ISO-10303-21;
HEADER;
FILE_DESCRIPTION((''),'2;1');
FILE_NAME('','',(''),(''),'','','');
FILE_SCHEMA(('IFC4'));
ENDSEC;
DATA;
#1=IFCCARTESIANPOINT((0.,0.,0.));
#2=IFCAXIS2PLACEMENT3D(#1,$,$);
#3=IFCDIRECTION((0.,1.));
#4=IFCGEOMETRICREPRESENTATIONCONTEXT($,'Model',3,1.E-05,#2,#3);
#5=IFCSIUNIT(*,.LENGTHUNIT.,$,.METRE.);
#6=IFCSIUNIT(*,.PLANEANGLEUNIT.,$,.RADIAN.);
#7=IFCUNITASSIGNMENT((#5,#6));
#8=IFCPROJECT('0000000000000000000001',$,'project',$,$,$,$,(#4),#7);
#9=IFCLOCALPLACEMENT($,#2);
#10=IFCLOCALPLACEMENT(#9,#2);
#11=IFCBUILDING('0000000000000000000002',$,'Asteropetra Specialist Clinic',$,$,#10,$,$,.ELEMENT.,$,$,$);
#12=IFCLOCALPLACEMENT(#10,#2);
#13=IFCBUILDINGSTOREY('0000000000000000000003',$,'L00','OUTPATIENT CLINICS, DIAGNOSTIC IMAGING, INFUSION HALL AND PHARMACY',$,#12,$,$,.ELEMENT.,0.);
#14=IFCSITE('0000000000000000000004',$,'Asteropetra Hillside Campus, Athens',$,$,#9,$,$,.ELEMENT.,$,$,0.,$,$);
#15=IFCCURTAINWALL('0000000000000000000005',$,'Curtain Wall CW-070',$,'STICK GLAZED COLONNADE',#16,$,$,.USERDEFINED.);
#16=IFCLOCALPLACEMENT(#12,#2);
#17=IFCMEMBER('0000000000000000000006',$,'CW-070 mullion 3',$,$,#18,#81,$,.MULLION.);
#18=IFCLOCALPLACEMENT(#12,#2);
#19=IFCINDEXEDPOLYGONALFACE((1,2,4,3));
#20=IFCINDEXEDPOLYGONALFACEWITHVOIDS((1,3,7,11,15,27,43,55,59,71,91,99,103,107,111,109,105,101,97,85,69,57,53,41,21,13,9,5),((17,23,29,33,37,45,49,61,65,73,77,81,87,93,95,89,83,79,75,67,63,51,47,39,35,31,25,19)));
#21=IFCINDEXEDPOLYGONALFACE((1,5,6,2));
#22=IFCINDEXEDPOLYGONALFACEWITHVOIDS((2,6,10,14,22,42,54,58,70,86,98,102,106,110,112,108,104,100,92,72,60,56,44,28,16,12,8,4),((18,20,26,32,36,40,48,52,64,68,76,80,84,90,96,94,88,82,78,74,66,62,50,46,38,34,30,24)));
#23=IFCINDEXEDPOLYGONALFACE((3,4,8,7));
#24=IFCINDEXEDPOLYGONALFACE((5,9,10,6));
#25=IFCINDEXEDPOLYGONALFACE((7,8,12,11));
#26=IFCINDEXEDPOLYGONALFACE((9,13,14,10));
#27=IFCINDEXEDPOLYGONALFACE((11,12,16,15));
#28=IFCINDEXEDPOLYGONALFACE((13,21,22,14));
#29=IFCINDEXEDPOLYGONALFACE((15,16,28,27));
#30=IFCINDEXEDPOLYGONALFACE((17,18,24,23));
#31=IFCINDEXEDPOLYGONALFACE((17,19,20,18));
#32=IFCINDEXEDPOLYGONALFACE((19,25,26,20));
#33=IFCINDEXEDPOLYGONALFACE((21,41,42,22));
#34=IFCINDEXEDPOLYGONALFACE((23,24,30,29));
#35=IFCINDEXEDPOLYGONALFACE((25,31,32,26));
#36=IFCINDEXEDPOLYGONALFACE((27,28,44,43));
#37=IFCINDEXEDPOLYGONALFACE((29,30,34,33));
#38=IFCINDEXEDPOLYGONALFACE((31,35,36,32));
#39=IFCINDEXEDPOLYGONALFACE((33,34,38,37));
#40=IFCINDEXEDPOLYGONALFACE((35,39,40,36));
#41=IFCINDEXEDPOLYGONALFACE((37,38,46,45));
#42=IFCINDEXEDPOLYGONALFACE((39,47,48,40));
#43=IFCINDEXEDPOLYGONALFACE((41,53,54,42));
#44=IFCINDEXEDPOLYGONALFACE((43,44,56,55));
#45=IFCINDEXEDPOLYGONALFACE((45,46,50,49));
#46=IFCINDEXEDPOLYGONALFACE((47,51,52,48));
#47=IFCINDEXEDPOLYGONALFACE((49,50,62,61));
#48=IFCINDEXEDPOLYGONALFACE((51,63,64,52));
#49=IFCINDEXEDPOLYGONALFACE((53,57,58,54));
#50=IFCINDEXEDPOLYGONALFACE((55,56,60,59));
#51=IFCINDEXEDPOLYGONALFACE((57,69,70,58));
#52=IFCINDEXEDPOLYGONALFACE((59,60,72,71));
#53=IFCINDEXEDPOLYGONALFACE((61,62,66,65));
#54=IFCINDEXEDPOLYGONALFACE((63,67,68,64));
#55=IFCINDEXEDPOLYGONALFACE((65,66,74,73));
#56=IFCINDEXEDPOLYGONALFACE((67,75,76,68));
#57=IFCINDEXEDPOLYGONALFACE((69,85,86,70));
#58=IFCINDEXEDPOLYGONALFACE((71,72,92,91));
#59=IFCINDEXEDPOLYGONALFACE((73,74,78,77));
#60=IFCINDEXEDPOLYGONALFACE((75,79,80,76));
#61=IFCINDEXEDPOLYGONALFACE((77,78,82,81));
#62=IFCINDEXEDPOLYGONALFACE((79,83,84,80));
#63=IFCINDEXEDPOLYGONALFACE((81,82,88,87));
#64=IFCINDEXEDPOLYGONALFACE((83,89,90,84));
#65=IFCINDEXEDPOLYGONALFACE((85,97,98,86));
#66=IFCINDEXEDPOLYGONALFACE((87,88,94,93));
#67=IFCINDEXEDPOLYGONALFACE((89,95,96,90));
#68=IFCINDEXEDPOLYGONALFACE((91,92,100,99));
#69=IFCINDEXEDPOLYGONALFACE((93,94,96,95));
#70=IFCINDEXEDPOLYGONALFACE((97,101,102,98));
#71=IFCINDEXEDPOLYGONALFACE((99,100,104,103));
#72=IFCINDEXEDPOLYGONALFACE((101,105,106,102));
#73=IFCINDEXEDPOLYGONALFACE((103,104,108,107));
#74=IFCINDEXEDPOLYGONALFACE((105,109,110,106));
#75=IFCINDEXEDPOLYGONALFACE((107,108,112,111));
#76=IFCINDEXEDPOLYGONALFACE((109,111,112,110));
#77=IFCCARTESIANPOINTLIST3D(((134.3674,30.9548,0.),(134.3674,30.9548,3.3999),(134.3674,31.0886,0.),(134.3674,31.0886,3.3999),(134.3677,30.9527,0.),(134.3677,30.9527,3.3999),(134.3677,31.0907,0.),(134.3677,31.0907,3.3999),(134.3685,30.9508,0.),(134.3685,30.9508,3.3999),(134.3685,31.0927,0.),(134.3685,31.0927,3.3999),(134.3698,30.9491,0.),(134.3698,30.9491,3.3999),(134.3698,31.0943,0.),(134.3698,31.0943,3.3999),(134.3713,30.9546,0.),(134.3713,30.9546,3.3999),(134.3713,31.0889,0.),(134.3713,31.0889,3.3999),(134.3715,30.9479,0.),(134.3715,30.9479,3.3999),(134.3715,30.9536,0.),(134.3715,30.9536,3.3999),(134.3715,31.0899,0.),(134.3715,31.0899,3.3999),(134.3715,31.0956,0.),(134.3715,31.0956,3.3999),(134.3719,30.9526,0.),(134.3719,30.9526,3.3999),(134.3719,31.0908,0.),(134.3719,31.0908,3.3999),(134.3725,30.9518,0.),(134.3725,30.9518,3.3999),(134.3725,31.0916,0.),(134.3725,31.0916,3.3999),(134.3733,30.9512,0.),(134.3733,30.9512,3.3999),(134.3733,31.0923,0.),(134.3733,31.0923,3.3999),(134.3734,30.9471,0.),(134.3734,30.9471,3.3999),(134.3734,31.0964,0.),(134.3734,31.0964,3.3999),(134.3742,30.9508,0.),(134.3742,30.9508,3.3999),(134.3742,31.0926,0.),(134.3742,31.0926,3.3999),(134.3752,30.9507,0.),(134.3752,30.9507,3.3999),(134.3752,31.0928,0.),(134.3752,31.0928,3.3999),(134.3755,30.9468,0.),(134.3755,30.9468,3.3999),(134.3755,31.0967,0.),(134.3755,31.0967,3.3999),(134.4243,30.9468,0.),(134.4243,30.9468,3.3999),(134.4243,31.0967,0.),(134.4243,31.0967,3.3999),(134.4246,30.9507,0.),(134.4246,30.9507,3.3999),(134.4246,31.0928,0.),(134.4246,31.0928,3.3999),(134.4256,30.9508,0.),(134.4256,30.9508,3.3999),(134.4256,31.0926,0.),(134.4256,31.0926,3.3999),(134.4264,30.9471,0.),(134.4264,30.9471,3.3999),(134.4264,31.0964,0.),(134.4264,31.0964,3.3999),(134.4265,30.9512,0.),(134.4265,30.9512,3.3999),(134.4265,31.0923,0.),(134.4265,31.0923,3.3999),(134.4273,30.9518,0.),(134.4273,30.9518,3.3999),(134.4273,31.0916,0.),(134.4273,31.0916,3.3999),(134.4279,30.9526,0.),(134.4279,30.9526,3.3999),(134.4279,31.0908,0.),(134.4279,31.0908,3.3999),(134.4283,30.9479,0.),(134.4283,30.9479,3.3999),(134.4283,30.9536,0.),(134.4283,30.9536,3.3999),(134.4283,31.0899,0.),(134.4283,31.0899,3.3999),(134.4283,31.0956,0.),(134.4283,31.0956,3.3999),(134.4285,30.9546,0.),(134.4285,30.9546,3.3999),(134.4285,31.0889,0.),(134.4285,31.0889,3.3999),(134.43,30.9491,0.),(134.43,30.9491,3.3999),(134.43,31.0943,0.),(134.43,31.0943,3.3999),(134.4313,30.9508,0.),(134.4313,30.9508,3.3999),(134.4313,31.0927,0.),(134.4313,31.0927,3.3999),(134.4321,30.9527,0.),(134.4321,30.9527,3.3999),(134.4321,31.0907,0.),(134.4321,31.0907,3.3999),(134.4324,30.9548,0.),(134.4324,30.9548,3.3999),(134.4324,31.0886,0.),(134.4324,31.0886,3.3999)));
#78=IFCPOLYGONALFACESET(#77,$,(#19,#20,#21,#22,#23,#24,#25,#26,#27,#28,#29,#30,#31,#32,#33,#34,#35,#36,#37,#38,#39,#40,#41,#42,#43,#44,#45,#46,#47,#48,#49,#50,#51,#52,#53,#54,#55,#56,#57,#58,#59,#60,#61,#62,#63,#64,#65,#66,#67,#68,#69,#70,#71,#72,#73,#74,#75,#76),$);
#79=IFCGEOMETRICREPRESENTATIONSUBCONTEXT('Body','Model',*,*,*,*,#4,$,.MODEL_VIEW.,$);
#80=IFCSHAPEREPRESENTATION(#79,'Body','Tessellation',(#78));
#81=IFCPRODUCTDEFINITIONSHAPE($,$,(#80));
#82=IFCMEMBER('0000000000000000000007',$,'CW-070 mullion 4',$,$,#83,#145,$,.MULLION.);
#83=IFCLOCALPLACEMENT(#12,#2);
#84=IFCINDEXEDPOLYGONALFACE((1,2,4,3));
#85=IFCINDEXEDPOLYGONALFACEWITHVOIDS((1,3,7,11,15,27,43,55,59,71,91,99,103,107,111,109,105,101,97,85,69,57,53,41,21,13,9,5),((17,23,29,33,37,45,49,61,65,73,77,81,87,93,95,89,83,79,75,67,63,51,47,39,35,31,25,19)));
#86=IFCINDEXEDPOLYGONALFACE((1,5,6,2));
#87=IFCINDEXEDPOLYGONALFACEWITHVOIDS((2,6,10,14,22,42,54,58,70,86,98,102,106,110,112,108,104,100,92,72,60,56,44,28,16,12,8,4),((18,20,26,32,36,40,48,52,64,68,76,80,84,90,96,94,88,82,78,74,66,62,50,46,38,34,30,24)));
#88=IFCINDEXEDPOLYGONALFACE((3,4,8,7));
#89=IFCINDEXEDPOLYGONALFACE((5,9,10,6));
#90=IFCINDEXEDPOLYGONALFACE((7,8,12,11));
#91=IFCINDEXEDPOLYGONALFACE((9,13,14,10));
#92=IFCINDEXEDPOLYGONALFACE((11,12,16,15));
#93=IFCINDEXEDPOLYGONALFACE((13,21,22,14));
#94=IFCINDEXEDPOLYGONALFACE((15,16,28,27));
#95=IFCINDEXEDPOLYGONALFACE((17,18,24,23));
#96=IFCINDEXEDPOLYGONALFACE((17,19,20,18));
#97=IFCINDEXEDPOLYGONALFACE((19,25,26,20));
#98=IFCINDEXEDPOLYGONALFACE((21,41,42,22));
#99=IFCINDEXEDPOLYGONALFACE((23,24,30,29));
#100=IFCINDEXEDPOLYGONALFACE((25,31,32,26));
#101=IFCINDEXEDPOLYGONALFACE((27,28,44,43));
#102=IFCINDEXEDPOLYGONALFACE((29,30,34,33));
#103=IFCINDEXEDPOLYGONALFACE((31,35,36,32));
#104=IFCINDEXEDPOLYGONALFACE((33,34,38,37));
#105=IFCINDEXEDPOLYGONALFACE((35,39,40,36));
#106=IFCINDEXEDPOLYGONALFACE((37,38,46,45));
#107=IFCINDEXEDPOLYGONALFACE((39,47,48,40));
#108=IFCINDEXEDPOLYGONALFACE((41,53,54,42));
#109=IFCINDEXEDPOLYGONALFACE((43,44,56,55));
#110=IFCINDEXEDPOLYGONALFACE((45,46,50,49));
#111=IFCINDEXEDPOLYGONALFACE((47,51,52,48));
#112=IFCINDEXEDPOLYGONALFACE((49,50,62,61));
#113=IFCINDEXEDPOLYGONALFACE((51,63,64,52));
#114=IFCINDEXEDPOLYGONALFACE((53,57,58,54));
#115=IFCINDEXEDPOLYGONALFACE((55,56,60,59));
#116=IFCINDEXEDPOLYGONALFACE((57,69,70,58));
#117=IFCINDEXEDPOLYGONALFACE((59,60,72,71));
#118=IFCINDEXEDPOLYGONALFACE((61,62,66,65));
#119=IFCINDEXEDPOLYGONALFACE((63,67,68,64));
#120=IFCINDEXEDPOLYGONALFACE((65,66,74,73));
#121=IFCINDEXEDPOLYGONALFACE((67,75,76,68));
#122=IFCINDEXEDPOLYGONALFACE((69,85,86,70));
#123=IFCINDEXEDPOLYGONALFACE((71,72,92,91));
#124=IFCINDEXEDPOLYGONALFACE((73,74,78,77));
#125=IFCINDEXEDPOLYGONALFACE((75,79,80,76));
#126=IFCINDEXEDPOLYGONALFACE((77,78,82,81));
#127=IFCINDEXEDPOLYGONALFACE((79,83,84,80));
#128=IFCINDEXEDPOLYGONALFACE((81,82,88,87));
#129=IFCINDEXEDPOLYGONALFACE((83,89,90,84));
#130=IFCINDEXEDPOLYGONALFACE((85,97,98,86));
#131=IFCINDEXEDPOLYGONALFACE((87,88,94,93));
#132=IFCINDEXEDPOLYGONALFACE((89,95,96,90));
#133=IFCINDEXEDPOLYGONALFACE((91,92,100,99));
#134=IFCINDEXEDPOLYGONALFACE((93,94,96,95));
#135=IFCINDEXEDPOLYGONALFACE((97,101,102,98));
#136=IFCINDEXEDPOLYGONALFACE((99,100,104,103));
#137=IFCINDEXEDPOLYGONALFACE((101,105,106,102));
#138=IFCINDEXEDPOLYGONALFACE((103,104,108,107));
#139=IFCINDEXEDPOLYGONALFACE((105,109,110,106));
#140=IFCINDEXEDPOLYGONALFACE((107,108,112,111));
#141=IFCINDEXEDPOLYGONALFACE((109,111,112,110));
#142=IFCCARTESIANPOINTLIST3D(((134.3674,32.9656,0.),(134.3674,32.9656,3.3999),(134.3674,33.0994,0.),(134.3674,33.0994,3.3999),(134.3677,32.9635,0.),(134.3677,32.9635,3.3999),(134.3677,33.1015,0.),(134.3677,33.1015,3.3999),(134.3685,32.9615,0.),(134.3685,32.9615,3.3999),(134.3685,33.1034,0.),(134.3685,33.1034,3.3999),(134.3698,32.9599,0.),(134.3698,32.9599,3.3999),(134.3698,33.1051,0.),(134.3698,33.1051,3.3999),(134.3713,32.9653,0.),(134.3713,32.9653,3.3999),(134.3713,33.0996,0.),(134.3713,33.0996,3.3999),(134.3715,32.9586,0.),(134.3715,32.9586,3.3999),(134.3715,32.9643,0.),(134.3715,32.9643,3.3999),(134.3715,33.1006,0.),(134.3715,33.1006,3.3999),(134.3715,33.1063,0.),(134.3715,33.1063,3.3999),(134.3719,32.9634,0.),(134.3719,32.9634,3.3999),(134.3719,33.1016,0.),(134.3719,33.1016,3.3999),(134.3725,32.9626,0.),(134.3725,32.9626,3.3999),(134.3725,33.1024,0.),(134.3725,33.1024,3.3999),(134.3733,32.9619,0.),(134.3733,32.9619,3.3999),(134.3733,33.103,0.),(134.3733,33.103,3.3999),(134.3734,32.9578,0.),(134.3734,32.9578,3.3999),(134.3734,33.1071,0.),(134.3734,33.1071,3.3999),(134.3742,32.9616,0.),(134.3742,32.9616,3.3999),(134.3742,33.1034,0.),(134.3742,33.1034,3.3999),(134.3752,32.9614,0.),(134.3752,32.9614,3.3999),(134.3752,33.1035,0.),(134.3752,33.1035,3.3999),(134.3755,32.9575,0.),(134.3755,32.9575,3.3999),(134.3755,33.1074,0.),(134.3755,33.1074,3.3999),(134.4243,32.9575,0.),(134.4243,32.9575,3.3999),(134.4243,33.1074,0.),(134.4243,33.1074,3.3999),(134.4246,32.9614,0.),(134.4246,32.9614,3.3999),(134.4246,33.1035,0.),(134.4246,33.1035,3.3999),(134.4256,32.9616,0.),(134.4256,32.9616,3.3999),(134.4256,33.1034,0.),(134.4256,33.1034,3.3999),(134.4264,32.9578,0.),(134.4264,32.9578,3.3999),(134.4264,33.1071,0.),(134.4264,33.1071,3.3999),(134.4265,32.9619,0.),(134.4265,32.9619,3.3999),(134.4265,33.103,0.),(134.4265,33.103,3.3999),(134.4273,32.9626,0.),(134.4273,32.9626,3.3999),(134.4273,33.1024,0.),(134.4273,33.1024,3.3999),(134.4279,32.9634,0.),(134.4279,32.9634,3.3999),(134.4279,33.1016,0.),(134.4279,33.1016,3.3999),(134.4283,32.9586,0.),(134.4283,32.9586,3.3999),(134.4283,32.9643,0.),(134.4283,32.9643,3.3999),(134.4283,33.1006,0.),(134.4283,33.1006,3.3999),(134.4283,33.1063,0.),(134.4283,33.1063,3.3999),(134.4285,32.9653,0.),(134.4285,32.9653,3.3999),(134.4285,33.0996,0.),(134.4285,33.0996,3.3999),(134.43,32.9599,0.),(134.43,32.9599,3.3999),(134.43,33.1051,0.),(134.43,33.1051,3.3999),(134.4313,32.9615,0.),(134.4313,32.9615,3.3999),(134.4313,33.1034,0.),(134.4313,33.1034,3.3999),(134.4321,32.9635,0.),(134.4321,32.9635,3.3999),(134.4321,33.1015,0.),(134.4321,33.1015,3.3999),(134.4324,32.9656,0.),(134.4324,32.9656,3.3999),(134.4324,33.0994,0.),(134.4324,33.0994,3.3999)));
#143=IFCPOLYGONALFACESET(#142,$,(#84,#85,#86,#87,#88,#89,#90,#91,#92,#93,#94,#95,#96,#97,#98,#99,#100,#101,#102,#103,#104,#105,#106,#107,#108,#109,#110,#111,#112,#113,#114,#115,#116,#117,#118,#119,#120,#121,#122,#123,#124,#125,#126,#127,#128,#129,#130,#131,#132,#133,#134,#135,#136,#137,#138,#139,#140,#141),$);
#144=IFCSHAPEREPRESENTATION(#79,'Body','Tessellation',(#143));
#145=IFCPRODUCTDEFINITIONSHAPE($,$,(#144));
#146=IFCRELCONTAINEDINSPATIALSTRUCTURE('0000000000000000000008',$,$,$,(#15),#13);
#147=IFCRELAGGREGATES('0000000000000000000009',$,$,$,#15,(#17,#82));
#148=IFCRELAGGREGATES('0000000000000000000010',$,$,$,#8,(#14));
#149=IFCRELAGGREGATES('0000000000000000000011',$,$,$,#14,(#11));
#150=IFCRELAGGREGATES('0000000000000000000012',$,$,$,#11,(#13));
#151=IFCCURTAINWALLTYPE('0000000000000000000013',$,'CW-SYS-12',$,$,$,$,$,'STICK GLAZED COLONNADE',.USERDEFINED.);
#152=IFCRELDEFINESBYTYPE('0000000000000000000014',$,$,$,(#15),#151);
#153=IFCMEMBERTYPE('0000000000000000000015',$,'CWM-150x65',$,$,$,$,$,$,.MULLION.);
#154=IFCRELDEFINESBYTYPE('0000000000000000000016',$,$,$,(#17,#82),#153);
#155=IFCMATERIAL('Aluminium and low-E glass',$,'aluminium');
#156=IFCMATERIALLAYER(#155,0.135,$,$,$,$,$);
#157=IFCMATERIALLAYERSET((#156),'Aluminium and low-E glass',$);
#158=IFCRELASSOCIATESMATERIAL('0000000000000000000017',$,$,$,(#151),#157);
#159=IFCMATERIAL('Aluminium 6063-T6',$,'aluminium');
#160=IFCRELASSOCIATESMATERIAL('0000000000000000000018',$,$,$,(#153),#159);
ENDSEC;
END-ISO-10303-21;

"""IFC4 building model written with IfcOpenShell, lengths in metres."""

from ifc_helpers import new_model, si_unit, direction, frame, origin, origin_2d, place, context, subcontext, project, spatial, hollow_rectangle, extrude, material, layer, layer_set, material_profile, profile_set, type_object, element, aggregate, save


model = new_model("IFC4")

# Units and contexts
model_context = context("Model", 3, precision=1e-05, world=origin(), true_north=direction((0.0, 1.0)))
body_context = subcontext(model_context, "Body", "Model", "MODEL_VIEW")
ifc_project = project(units=[si_unit("LENGTHUNIT", "METRE"), si_unit("PLANEANGLEUNIT", "RADIAN")], contexts=[model_context])

# Site, building, storey
site_placement = place(None, origin())
site = spatial("IfcSite", under=ifc_project, at=site_placement, Name="Asteropetra Hillside Campus, Athens", CompositionType="ELEMENT", RefElevation=0.0)
building_placement = place(site_placement, origin())
building = spatial("IfcBuilding", under=site, at=building_placement, Name="Asteropetra Specialist Clinic", CompositionType="ELEMENT")
storey_placement = place(building_placement, origin())
storey = spatial("IfcBuildingStorey", under=building, at=storey_placement, Name="L00", Description="OUTPATIENT CLINICS, DIAGNOSTIC IMAGING, INFUSION HALL AND PHARMACY", CompositionType="ELEMENT", Elevation=0.0)

# Curtain wall, members
ifc_material_1 = material(Name="Aluminium and low-E glass", Category="aluminium")
ifc_layer_1 = layer(ifc_material_1, 0.135)
ifc_layer_set_1 = layer_set([ifc_layer_1], Name="Aluminium and low-E glass")
curtain_wall_type = type_object("IfcCurtainWallType", Name="CW-SYS-12", ElementType="STICK GLAZED COLONNADE", PredefinedType="USERDEFINED", material=ifc_layer_set_1)
curtain_wall_placement = place(storey_placement, origin())
curtain_wall = element("IfcCurtainWall", 1, at=curtain_wall_placement, inside=storey, type_object=curtain_wall_type, Name="Curtain Wall CW-070", ObjectType="STICK GLAZED COLONNADE", PredefinedType="USERDEFINED")
ifc_material_2 = material(Name="Aluminium 6063-T6", Category="aluminium")
ifc_material_profile_1 = material_profile(ifc_material_2, hollow_rectangle(XDim=0.0649, YDim=0.1499, WallThickness=0.0039, InnerFilletRadius=0.0039, OuterFilletRadius=0.0081, at=origin_2d()), Name="MUL 150x65x4.0")
ifc_profile_set_1 = profile_set([ifc_material_profile_1], Name="Aluminium 6063-T6")
member_type_1 = type_object("IfcMemberType", Name="CWM-150x65", PredefinedType="MULLION", material=ifc_profile_set_1)
member_1_placement = place(storey_placement, frame((134.3999, 31.0217, 0.0), z_axis=(0.0, 0.0, 1.0), x_axis=(-1.0, 0.0, 0.0)))
member_1 = element("IfcMember", 2, at=member_1_placement, type_object=member_type_1, Name="CW-070 mullion 3", PredefinedType="MULLION", context=body_context, shape_type="SweptSolid", body=[
    extrude(hollow_rectangle(XDim=0.0649, YDim=0.1499, WallThickness=0.0039, InnerFilletRadius=0.0039, OuterFilletRadius=0.0081, at=origin_2d()), origin(), (0.0, 0.0, 1.0), 3.3999),
])
member_2_placement = place(storey_placement, frame((134.3999, 33.0325, 0.0), z_axis=(0.0, 0.0, 1.0), x_axis=(-1.0, 0.0, 0.0)))
member_2 = element("IfcMember", 3, at=member_2_placement, type_object=member_type_1, Name="CW-070 mullion 4", PredefinedType="MULLION", context=body_context, shape_type="SweptSolid", body=[
    extrude(hollow_rectangle(XDim=0.0649, YDim=0.1499, WallThickness=0.0039, InnerFilletRadius=0.0039, OuterFilletRadius=0.0081, at=origin_2d()), origin(), (0.0, 0.0, 1.0), 3.3999),
])
aggregate(curtain_wall, [member_1, member_2])

save(model, "model.ifc")
